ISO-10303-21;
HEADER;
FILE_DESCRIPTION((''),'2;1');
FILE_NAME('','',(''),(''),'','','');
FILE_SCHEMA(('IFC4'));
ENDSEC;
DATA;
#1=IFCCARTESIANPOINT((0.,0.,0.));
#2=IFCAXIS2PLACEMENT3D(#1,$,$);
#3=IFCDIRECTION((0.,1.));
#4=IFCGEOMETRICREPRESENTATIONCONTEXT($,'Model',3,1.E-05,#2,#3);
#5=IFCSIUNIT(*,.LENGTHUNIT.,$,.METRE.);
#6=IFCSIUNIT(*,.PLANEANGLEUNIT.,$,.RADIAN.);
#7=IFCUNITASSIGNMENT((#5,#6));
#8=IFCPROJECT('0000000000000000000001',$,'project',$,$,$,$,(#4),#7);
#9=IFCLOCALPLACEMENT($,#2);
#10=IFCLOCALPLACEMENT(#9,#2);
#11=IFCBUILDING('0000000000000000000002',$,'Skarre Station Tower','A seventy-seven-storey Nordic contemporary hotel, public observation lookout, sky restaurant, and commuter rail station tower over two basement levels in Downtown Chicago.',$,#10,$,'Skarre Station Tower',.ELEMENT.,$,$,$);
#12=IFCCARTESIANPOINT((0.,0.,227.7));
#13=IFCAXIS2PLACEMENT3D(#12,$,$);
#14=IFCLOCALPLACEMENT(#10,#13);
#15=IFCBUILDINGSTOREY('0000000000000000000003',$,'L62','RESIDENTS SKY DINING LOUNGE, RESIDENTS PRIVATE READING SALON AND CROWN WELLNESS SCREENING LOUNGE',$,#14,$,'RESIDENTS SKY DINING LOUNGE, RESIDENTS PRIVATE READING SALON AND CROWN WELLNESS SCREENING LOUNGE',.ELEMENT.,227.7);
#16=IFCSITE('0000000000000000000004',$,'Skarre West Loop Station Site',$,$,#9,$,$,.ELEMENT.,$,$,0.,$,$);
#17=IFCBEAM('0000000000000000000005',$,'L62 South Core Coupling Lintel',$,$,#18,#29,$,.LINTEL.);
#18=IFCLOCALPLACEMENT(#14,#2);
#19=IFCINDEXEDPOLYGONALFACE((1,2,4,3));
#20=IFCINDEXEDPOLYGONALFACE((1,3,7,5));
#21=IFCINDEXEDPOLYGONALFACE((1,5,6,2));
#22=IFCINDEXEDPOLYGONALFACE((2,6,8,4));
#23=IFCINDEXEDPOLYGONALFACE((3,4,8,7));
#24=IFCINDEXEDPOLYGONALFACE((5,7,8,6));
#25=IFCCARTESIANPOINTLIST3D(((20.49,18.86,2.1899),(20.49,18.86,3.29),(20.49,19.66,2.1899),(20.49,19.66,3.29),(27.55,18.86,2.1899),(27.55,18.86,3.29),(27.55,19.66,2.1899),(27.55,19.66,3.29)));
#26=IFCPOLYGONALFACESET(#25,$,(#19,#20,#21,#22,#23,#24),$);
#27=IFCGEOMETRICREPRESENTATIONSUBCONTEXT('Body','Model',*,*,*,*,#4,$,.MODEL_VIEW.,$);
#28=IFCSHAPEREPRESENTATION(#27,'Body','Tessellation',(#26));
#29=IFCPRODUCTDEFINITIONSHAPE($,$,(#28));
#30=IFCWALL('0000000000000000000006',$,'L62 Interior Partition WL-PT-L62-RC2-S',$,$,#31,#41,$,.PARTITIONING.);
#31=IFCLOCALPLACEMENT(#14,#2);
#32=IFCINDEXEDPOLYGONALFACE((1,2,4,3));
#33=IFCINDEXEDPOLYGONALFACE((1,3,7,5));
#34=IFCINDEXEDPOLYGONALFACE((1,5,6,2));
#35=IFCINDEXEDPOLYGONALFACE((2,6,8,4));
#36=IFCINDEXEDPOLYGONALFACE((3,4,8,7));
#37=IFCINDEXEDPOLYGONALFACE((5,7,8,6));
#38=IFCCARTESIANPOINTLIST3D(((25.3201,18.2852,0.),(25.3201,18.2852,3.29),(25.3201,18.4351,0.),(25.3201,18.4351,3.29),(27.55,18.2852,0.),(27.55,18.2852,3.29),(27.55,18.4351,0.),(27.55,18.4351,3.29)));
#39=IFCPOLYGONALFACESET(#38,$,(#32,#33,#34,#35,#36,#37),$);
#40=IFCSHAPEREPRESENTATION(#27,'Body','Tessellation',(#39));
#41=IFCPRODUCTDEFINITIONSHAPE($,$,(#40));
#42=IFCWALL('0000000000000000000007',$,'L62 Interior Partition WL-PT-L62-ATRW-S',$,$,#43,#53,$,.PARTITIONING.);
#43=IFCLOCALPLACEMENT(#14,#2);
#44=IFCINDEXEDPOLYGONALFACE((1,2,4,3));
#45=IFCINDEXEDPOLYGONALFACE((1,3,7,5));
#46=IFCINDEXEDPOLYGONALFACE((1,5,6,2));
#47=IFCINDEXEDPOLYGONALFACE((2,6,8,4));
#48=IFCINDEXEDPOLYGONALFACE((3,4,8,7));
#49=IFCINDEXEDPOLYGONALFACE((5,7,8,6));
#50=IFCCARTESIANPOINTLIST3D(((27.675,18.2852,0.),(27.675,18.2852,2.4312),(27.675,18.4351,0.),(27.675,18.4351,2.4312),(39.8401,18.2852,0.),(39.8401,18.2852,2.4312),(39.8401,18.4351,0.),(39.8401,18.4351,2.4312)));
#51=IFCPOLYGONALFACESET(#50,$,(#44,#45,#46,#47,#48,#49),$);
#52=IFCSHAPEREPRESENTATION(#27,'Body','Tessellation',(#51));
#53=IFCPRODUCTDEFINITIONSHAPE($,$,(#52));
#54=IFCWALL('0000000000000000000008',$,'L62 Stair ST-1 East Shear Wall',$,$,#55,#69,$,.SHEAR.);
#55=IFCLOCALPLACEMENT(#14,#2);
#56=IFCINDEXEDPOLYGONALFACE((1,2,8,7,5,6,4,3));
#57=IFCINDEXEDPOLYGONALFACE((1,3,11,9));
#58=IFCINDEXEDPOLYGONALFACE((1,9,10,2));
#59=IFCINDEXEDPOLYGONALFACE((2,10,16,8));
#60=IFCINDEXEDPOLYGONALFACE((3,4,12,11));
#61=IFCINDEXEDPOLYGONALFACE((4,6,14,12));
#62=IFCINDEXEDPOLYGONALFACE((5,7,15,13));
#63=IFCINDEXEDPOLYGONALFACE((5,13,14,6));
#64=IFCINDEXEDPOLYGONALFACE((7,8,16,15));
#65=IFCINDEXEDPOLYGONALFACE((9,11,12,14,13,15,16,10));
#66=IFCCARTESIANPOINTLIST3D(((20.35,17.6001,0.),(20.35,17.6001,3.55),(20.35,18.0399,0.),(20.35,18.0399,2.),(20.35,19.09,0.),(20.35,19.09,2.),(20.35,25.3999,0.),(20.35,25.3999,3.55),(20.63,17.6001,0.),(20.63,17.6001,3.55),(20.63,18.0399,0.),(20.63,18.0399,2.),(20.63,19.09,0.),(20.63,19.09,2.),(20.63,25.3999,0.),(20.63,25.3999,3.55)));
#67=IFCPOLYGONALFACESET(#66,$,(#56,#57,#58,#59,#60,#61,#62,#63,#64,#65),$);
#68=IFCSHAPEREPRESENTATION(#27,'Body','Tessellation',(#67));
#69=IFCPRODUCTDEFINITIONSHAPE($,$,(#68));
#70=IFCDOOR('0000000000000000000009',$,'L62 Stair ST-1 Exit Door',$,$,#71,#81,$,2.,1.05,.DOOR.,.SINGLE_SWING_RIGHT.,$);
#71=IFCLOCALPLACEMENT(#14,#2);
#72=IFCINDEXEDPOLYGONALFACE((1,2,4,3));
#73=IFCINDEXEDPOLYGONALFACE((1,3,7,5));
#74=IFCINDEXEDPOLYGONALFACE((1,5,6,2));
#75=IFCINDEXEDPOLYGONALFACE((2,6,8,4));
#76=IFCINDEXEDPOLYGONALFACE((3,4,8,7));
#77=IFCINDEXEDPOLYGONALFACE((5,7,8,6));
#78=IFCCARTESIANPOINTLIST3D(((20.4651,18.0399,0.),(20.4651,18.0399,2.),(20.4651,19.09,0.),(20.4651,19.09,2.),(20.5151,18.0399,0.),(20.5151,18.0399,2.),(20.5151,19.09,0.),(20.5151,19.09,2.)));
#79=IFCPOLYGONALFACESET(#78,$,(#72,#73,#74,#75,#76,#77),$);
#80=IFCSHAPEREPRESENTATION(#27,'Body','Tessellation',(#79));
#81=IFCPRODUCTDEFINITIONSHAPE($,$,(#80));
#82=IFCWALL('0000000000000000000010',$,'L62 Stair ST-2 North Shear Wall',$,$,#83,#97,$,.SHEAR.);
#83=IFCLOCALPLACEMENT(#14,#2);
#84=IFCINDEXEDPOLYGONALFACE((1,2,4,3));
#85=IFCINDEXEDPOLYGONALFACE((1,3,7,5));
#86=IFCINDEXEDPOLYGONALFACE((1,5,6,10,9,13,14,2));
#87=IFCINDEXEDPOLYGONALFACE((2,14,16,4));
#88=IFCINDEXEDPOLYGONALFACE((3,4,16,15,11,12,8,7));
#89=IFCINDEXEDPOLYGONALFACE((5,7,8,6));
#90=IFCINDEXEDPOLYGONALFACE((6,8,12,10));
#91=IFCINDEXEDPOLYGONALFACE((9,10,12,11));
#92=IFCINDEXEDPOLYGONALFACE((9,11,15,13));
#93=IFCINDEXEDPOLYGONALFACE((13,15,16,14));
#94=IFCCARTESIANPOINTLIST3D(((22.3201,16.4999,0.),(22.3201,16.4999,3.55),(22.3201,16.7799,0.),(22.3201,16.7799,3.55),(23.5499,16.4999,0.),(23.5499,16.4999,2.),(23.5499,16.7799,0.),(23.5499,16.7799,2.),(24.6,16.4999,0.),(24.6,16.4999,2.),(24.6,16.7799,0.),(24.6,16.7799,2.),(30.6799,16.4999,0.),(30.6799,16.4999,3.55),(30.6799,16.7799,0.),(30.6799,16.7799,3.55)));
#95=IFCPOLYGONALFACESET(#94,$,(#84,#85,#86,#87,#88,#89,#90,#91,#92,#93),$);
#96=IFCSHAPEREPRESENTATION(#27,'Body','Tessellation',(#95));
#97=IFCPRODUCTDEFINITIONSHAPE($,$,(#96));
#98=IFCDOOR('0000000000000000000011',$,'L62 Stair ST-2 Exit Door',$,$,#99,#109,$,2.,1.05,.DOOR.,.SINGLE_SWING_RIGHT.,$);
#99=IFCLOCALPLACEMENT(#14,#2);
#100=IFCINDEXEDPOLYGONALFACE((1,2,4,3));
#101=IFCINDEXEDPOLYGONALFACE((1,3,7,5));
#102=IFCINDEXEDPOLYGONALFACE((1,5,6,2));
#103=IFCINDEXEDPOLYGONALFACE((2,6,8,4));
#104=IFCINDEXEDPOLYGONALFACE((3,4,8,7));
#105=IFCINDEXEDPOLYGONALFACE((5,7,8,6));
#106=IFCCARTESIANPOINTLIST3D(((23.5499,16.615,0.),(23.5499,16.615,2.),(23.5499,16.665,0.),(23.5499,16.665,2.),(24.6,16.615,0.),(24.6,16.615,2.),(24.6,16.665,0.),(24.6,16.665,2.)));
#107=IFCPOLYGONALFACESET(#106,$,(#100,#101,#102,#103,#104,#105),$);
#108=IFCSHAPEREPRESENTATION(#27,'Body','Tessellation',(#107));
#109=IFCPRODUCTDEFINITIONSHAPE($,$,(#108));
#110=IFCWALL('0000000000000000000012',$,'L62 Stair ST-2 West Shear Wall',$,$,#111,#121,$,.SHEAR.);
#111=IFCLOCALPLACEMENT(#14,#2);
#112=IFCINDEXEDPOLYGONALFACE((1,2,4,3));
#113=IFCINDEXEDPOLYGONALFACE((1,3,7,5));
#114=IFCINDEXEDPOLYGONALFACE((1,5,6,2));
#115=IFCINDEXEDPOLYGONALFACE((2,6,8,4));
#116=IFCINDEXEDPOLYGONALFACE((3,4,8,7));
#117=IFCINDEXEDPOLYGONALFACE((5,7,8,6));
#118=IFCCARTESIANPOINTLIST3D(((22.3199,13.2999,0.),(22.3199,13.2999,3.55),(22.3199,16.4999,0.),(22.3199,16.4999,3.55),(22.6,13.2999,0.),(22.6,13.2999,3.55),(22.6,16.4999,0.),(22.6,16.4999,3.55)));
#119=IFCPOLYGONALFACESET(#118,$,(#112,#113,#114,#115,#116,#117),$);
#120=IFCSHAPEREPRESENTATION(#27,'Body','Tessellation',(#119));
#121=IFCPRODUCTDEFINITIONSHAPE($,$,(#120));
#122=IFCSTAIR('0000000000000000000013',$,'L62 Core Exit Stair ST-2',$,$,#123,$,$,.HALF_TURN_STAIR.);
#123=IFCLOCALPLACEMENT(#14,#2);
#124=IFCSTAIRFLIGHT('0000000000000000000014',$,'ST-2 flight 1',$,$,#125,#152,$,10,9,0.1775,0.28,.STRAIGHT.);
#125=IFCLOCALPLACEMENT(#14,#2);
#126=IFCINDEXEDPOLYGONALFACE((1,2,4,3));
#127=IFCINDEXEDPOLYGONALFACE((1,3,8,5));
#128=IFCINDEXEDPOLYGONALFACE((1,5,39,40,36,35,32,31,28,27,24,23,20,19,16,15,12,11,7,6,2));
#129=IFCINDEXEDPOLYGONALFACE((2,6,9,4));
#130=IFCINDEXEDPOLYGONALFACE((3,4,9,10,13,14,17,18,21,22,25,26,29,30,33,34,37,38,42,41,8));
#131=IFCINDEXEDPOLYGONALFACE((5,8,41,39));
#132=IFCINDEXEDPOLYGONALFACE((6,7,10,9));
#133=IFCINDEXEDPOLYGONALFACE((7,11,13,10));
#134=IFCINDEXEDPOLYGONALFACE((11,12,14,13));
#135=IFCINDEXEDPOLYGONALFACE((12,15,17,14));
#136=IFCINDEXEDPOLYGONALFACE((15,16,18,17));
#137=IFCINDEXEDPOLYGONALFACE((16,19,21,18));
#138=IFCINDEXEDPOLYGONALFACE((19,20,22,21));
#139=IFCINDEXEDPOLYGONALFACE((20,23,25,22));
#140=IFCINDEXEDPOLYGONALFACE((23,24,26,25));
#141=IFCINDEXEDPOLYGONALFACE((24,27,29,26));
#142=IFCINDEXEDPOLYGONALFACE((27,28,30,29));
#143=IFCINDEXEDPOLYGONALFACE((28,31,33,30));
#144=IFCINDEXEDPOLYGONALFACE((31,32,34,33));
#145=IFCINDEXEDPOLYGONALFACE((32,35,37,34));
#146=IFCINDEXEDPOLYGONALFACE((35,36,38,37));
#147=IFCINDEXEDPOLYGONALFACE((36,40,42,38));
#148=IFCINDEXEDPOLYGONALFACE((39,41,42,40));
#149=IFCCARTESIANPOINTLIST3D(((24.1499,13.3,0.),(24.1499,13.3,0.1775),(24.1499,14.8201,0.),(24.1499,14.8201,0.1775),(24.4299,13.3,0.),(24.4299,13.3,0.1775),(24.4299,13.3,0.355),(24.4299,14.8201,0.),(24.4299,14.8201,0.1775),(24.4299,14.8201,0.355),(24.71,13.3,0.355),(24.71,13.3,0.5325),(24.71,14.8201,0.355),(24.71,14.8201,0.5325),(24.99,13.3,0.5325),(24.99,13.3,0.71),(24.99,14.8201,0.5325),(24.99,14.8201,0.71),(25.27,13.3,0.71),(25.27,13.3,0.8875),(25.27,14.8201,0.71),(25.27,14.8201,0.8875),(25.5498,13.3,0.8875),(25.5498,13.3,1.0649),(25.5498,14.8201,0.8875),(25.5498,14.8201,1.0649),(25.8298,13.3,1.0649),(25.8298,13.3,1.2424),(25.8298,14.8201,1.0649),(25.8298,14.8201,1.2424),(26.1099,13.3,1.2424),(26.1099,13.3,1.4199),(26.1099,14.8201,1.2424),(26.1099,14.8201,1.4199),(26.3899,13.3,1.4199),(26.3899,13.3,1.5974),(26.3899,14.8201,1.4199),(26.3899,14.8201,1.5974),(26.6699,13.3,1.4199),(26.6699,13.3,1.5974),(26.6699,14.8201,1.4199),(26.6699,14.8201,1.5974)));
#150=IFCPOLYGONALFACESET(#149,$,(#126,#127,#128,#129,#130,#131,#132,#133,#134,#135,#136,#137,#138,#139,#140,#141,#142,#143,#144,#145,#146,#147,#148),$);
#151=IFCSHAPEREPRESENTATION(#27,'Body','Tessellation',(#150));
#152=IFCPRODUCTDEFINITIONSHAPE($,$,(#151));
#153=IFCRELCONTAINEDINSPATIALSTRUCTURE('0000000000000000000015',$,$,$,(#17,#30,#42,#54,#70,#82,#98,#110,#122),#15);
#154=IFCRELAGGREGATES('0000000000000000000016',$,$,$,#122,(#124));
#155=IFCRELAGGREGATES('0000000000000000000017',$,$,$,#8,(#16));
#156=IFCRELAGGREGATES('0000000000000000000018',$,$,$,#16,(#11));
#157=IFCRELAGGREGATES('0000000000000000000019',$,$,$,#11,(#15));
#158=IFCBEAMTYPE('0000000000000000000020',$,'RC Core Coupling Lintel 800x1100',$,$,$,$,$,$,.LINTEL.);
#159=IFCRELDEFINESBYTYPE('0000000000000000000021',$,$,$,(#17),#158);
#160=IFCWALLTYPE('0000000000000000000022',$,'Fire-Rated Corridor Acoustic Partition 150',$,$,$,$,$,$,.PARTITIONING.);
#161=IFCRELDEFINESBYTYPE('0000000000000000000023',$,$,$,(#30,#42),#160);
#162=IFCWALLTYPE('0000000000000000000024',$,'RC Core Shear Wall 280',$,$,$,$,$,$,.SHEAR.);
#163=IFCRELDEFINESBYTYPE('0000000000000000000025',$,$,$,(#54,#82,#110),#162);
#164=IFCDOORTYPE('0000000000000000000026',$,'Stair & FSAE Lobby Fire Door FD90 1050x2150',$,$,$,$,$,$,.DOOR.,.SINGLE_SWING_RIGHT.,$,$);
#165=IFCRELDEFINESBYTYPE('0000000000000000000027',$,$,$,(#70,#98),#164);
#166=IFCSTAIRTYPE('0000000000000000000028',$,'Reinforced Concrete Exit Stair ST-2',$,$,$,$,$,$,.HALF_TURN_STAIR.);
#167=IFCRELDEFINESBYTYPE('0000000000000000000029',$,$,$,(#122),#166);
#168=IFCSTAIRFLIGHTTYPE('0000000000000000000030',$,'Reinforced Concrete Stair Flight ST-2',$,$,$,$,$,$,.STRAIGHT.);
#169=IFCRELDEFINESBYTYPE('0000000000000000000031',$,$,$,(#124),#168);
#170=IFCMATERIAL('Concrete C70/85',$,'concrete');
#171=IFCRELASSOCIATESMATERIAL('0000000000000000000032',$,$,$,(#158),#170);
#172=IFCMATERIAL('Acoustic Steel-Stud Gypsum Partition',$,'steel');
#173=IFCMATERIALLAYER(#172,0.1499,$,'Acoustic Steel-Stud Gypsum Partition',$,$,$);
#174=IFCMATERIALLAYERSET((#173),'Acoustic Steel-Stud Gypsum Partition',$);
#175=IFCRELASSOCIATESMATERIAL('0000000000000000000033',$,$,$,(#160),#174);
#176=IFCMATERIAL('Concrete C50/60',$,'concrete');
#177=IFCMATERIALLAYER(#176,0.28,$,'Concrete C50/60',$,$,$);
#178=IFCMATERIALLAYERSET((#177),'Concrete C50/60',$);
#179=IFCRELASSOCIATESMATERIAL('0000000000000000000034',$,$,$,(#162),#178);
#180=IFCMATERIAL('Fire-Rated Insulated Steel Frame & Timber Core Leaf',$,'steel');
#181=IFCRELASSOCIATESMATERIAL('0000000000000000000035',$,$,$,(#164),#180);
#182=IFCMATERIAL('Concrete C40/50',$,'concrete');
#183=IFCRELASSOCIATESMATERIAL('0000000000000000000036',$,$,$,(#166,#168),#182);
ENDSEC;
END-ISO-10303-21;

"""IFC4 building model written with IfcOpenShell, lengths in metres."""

from ifc_helpers import new_model, si_unit, direction, frame, frame_2d, origin, origin_2d, place, context, subcontext, project, spatial, polyline, rectangle, outline, extrude, material, layer, layer_set, material_profile, profile_set, type_object, element, fill, aggregate, save


model = new_model("IFC4")

# Units and contexts
model_context = context("Model", 3, precision=1e-05, world=origin(), true_north=direction((0.0, 1.0)))
body_context = subcontext(model_context, "Body", "Model", "MODEL_VIEW")
ifc_project = project(units=[si_unit("LENGTHUNIT", "METRE"), si_unit("PLANEANGLEUNIT", "RADIAN")], contexts=[model_context])

# Site, building, storey
site_placement = place(None, origin())
site = spatial("IfcSite", under=ifc_project, at=site_placement, Name="Skarre West Loop Station Site", CompositionType="ELEMENT", RefElevation=0.0)
building_placement = place(site_placement, origin())
building = spatial("IfcBuilding", under=site, at=building_placement, Name="Skarre Station Tower", Description="A seventy-seven-storey Nordic contemporary hotel, public observation lookout, sky restaurant, and commuter rail station tower over two basement levels in Downtown Chicago.", LongName="Skarre Station Tower", CompositionType="ELEMENT")
storey_placement = place(building_placement, frame((0.0, 0.0, 227.7)))
storey = spatial("IfcBuildingStorey", under=building, at=storey_placement, Name="L62", Description="RESIDENTS SKY DINING LOUNGE, RESIDENTS PRIVATE READING SALON AND CROWN WELLNESS SCREENING LOUNGE", LongName="RESIDENTS SKY DINING LOUNGE, RESIDENTS PRIVATE READING SALON AND CROWN WELLNESS SCREENING LOUNGE", CompositionType="ELEMENT", Elevation=227.7)

# Beam
ifc_material_1 = material(Name="Concrete C70/85", Category="concrete")
ifc_material_profile = material_profile(ifc_material_1, rectangle(XDim=0.8, YDim=1.1001, at=origin_2d()), Name="Concrete C70/85")
ifc_profile_set = profile_set([ifc_material_profile], Name="Concrete C70/85")
beam_type = type_object("IfcBeamType", Name="RC Core Coupling Lintel 800x1100", PredefinedType="LINTEL", material=ifc_profile_set)
beam_placement = place(storey_placement, frame((20.49, 19.26, 2.74), z_axis=(1.0, 0.0, 0.0), x_axis=(0.0, 1.0, 0.0)))
element("IfcBeam", 1, at=beam_placement, inside=storey, type_object=beam_type, Name="L62 South Core Coupling Lintel", PredefinedType="LINTEL", context=body_context, shape_type="SweptSolid", body=[
    extrude(rectangle(XDim=0.8, YDim=1.1001, at=origin_2d()), origin(), (0.0, 0.0, 1.0), 7.0601),
])

# Walls
ifc_material_2 = material(Name="Acoustic Steel-Stud Gypsum Partition", Category="steel")
ifc_layer_1 = layer(ifc_material_2, 0.1499, Name="Acoustic Steel-Stud Gypsum Partition")
ifc_layer_set_1 = layer_set([ifc_layer_1], Name="Acoustic Steel-Stud Gypsum Partition")
wall_type_1 = type_object("IfcWallType", Name="Fire-Rated Corridor Acoustic Partition 150", PredefinedType="PARTITIONING", material=ifc_layer_set_1)
wall_1_placement = place(storey_placement, frame((25.3201, 18.3601, 0.0), z_axis=(0.0, 0.0, 1.0), x_axis=(1.0, 0.0, 0.0)))
element("IfcWall", 2, at=wall_1_placement, inside=storey, type_object=wall_type_1, Name="L62 Interior Partition WL-PT-L62-RC2-S", PredefinedType="PARTITIONING", context=body_context, shape_type="SweptSolid", body=[
    extrude(rectangle(XDim=2.23, YDim=0.1499, at=frame_2d((1.115, 0.0))), origin(), (0.0, 0.0, 1.0), 3.29),
])
wall_2_placement = place(storey_placement, frame((27.675, 18.3601, 0.0), z_axis=(0.0, 0.0, 1.0), x_axis=(1.0, 0.0, 0.0)))
element("IfcWall", 3, at=wall_2_placement, inside=storey, type_object=wall_type_1, Name="L62 Interior Partition WL-PT-L62-ATRW-S", PredefinedType="PARTITIONING", context=body_context, shape_type="SweptSolid", body=[
    extrude(rectangle(XDim=12.165, YDim=0.1499, at=frame_2d((6.0825, 0.0))), origin(), (0.0, 0.0, 1.0), 2.4312),
])

# Walls, openings, doors
ifc_material_3 = material(Name="Concrete C50/60", Category="concrete")
ifc_layer_2 = layer(ifc_material_3, 0.28, Name="Concrete C50/60")
ifc_layer_set_2 = layer_set([ifc_layer_2], Name="Concrete C50/60")
wall_type_2 = type_object("IfcWallType", Name="RC Core Shear Wall 280", PredefinedType="SHEAR", material=ifc_layer_set_2)
wall_3_placement = place(storey_placement, frame((20.49, 17.6001, 0.0), z_axis=(0.0, 0.0, 1.0), x_axis=(0.0, 1.0, 0.0)))
wall_3 = element("IfcWall", 4, at=wall_3_placement, inside=storey, type_object=wall_type_2, Name="L62 Stair ST-1 East Shear Wall", PredefinedType="SHEAR", context=body_context, shape_type="SweptSolid", body=[
    extrude(rectangle(XDim=7.7998, YDim=0.28, at=frame_2d((3.8999, 0.0))), origin(), (0.0, 0.0, 1.0), 3.55),
])
opening_1_placement = place(wall_3_placement, frame((0.4399, 0.0, 0.0)))
opening_1 = element("IfcOpeningElement", 5, at=opening_1_placement, cuts=wall_3, PredefinedType="OPENING", context=body_context, shape_type="SweptSolid", body=[
    extrude(rectangle(XDim=1.05, YDim=2.0, at=frame_2d((0.5249, 1.0))), frame((0.0, 0.1499, 0.0), z_axis=(0.0, -1.0, 0.0), x_axis=(1.0, 0.0, 0.0)), (0.0, 0.0, 1.0), 0.3),
])
ifc_material_4 = material(Name="Fire-Rated Insulated Steel Frame & Timber Core Leaf", Category="steel")
door_type = type_object("IfcDoorType", Name="Stair & FSAE Lobby Fire Door FD90 1050x2150", OperationType="SINGLE_SWING_RIGHT", PredefinedType="DOOR", material=ifc_material_4)
door_1_placement = place(opening_1_placement, origin())
door_1 = element("IfcDoor", 6, at=door_1_placement, inside=storey, type_object=door_type, Name="L62 Stair ST-1 Exit Door", OperationType="SINGLE_SWING_RIGHT", OverallHeight=2.0, OverallWidth=1.05, PredefinedType="DOOR", context=body_context, shape_type="SweptSolid", body=[
    extrude(rectangle(XDim=1.05, YDim=2.0, at=frame_2d((0.5249, 1.0))), frame((0.0, 0.0249, 0.0), z_axis=(0.0, -1.0, 0.0), x_axis=(1.0, 0.0, 0.0)), (0.0, 0.0, 1.0), 0.05),
])
fill(opening_1, door_1)
wall_4_placement = place(storey_placement, frame((30.6799, 16.6399, 0.0), z_axis=(0.0, 0.0, 1.0), x_axis=(-1.0, 0.0, 0.0)))
wall_4 = element("IfcWall", 7, at=wall_4_placement, inside=storey, type_object=wall_type_2, Name="L62 Stair ST-2 North Shear Wall", PredefinedType="SHEAR", context=body_context, shape_type="SweptSolid", body=[
    extrude(rectangle(XDim=8.3599, YDim=0.28, at=frame_2d((4.1799, 0.0))), origin(), (0.0, 0.0, 1.0), 3.55),
])
opening_2_placement = place(wall_4_placement, frame((6.0801, 0.0, 0.0)))
opening_2 = element("IfcOpeningElement", 8, at=opening_2_placement, cuts=wall_4, PredefinedType="OPENING", context=body_context, shape_type="SweptSolid", body=[
    extrude(rectangle(XDim=1.05, YDim=2.0, at=frame_2d((0.5249, 1.0))), frame((0.0, 0.1499, 0.0), z_axis=(0.0, -1.0, 0.0), x_axis=(1.0, 0.0, 0.0)), (0.0, 0.0, 1.0), 0.3),
])
door_2_placement = place(opening_2_placement, origin())
door_2 = element("IfcDoor", 9, at=door_2_placement, inside=storey, type_object=door_type, Name="L62 Stair ST-2 Exit Door", OperationType="SINGLE_SWING_RIGHT", OverallHeight=2.0, OverallWidth=1.05, PredefinedType="DOOR", context=body_context, shape_type="SweptSolid", body=[
    extrude(rectangle(XDim=1.05, YDim=2.0, at=frame_2d((0.5249, 1.0))), frame((0.0, 0.0249, 0.0), z_axis=(0.0, -1.0, 0.0), x_axis=(1.0, 0.0, 0.0)), (0.0, 0.0, 1.0), 0.05),
])
fill(opening_2, door_2)

# Wall
wall_5_placement = place(storey_placement, frame((22.46, 16.5, 0.0), z_axis=(0.0, 0.0, 1.0), x_axis=(0.0, -1.0, 0.0)))
element("IfcWall", 10, at=wall_5_placement, inside=storey, type_object=wall_type_2, Name="L62 Stair ST-2 West Shear Wall", PredefinedType="SHEAR", context=body_context, shape_type="SweptSolid", body=[
    extrude(rectangle(XDim=3.2, YDim=0.28, at=frame_2d((1.6001, 0.0))), origin(), (0.0, 0.0, 1.0), 3.55),
])

# Stair, stair flight
ifc_material_5 = material(Name="Concrete C40/50", Category="concrete")
stair_type = type_object("IfcStairType", Name="Reinforced Concrete Exit Stair ST-2", PredefinedType="HALF_TURN_STAIR", material=ifc_material_5)
stair_placement = place(storey_placement, origin())
stair = element("IfcStair", 11, at=stair_placement, inside=storey, type_object=stair_type, Name="L62 Core Exit Stair ST-2", PredefinedType="HALF_TURN_STAIR")
stair_flight_type = type_object("IfcStairFlightType", Name="Reinforced Concrete Stair Flight ST-2", PredefinedType="STRAIGHT", material=ifc_material_5)
stair_flight_1_placement = place(storey_placement, frame((24.1499, 14.0601, 0.0), z_axis=(0.0, 0.0, 1.0), x_axis=(1.0, 0.0, 0.0)))
stair_flight_1 = element("IfcStairFlight", 12, at=stair_flight_1_placement, type_object=stair_flight_type, Name="ST-2 flight 1", NumberOfRisers=10, NumberOfTreads=9, PredefinedType="STRAIGHT", RiserHeight=0.1775, TreadLength=0.28, context=body_context, shape_type="SweptSolid", body=[
    extrude(outline(polyline([(0.0, 0.0), (0.0, 0.1775), (0.28, 0.1775), (0.28, 0.355), (0.5601, 0.355), (0.5601, 0.5325), (0.8401, 0.5325), (0.8401, 0.71), (1.1201, 0.71), (1.1201, 0.8875), (1.3999, 0.8875), (1.3999, 1.0649), (1.6799, 1.0649), (1.6799, 1.2424), (1.96, 1.2424), (1.96, 1.4199), (2.24, 1.4199), (2.24, 1.5974), (2.52, 1.5974), (2.52, 1.7749), (2.52, 1.4199), (0.28, 0.0), (0.0, 0.0)])), frame((0.0, 0.76, 0.0), z_axis=(0.0, -1.0, 0.0), x_axis=(1.0, 0.0, 0.0)), (0.0, 0.0, 1.0), 1.52),
])
aggregate(stair, [stair_flight_1])

save(model, "model.ifc")
